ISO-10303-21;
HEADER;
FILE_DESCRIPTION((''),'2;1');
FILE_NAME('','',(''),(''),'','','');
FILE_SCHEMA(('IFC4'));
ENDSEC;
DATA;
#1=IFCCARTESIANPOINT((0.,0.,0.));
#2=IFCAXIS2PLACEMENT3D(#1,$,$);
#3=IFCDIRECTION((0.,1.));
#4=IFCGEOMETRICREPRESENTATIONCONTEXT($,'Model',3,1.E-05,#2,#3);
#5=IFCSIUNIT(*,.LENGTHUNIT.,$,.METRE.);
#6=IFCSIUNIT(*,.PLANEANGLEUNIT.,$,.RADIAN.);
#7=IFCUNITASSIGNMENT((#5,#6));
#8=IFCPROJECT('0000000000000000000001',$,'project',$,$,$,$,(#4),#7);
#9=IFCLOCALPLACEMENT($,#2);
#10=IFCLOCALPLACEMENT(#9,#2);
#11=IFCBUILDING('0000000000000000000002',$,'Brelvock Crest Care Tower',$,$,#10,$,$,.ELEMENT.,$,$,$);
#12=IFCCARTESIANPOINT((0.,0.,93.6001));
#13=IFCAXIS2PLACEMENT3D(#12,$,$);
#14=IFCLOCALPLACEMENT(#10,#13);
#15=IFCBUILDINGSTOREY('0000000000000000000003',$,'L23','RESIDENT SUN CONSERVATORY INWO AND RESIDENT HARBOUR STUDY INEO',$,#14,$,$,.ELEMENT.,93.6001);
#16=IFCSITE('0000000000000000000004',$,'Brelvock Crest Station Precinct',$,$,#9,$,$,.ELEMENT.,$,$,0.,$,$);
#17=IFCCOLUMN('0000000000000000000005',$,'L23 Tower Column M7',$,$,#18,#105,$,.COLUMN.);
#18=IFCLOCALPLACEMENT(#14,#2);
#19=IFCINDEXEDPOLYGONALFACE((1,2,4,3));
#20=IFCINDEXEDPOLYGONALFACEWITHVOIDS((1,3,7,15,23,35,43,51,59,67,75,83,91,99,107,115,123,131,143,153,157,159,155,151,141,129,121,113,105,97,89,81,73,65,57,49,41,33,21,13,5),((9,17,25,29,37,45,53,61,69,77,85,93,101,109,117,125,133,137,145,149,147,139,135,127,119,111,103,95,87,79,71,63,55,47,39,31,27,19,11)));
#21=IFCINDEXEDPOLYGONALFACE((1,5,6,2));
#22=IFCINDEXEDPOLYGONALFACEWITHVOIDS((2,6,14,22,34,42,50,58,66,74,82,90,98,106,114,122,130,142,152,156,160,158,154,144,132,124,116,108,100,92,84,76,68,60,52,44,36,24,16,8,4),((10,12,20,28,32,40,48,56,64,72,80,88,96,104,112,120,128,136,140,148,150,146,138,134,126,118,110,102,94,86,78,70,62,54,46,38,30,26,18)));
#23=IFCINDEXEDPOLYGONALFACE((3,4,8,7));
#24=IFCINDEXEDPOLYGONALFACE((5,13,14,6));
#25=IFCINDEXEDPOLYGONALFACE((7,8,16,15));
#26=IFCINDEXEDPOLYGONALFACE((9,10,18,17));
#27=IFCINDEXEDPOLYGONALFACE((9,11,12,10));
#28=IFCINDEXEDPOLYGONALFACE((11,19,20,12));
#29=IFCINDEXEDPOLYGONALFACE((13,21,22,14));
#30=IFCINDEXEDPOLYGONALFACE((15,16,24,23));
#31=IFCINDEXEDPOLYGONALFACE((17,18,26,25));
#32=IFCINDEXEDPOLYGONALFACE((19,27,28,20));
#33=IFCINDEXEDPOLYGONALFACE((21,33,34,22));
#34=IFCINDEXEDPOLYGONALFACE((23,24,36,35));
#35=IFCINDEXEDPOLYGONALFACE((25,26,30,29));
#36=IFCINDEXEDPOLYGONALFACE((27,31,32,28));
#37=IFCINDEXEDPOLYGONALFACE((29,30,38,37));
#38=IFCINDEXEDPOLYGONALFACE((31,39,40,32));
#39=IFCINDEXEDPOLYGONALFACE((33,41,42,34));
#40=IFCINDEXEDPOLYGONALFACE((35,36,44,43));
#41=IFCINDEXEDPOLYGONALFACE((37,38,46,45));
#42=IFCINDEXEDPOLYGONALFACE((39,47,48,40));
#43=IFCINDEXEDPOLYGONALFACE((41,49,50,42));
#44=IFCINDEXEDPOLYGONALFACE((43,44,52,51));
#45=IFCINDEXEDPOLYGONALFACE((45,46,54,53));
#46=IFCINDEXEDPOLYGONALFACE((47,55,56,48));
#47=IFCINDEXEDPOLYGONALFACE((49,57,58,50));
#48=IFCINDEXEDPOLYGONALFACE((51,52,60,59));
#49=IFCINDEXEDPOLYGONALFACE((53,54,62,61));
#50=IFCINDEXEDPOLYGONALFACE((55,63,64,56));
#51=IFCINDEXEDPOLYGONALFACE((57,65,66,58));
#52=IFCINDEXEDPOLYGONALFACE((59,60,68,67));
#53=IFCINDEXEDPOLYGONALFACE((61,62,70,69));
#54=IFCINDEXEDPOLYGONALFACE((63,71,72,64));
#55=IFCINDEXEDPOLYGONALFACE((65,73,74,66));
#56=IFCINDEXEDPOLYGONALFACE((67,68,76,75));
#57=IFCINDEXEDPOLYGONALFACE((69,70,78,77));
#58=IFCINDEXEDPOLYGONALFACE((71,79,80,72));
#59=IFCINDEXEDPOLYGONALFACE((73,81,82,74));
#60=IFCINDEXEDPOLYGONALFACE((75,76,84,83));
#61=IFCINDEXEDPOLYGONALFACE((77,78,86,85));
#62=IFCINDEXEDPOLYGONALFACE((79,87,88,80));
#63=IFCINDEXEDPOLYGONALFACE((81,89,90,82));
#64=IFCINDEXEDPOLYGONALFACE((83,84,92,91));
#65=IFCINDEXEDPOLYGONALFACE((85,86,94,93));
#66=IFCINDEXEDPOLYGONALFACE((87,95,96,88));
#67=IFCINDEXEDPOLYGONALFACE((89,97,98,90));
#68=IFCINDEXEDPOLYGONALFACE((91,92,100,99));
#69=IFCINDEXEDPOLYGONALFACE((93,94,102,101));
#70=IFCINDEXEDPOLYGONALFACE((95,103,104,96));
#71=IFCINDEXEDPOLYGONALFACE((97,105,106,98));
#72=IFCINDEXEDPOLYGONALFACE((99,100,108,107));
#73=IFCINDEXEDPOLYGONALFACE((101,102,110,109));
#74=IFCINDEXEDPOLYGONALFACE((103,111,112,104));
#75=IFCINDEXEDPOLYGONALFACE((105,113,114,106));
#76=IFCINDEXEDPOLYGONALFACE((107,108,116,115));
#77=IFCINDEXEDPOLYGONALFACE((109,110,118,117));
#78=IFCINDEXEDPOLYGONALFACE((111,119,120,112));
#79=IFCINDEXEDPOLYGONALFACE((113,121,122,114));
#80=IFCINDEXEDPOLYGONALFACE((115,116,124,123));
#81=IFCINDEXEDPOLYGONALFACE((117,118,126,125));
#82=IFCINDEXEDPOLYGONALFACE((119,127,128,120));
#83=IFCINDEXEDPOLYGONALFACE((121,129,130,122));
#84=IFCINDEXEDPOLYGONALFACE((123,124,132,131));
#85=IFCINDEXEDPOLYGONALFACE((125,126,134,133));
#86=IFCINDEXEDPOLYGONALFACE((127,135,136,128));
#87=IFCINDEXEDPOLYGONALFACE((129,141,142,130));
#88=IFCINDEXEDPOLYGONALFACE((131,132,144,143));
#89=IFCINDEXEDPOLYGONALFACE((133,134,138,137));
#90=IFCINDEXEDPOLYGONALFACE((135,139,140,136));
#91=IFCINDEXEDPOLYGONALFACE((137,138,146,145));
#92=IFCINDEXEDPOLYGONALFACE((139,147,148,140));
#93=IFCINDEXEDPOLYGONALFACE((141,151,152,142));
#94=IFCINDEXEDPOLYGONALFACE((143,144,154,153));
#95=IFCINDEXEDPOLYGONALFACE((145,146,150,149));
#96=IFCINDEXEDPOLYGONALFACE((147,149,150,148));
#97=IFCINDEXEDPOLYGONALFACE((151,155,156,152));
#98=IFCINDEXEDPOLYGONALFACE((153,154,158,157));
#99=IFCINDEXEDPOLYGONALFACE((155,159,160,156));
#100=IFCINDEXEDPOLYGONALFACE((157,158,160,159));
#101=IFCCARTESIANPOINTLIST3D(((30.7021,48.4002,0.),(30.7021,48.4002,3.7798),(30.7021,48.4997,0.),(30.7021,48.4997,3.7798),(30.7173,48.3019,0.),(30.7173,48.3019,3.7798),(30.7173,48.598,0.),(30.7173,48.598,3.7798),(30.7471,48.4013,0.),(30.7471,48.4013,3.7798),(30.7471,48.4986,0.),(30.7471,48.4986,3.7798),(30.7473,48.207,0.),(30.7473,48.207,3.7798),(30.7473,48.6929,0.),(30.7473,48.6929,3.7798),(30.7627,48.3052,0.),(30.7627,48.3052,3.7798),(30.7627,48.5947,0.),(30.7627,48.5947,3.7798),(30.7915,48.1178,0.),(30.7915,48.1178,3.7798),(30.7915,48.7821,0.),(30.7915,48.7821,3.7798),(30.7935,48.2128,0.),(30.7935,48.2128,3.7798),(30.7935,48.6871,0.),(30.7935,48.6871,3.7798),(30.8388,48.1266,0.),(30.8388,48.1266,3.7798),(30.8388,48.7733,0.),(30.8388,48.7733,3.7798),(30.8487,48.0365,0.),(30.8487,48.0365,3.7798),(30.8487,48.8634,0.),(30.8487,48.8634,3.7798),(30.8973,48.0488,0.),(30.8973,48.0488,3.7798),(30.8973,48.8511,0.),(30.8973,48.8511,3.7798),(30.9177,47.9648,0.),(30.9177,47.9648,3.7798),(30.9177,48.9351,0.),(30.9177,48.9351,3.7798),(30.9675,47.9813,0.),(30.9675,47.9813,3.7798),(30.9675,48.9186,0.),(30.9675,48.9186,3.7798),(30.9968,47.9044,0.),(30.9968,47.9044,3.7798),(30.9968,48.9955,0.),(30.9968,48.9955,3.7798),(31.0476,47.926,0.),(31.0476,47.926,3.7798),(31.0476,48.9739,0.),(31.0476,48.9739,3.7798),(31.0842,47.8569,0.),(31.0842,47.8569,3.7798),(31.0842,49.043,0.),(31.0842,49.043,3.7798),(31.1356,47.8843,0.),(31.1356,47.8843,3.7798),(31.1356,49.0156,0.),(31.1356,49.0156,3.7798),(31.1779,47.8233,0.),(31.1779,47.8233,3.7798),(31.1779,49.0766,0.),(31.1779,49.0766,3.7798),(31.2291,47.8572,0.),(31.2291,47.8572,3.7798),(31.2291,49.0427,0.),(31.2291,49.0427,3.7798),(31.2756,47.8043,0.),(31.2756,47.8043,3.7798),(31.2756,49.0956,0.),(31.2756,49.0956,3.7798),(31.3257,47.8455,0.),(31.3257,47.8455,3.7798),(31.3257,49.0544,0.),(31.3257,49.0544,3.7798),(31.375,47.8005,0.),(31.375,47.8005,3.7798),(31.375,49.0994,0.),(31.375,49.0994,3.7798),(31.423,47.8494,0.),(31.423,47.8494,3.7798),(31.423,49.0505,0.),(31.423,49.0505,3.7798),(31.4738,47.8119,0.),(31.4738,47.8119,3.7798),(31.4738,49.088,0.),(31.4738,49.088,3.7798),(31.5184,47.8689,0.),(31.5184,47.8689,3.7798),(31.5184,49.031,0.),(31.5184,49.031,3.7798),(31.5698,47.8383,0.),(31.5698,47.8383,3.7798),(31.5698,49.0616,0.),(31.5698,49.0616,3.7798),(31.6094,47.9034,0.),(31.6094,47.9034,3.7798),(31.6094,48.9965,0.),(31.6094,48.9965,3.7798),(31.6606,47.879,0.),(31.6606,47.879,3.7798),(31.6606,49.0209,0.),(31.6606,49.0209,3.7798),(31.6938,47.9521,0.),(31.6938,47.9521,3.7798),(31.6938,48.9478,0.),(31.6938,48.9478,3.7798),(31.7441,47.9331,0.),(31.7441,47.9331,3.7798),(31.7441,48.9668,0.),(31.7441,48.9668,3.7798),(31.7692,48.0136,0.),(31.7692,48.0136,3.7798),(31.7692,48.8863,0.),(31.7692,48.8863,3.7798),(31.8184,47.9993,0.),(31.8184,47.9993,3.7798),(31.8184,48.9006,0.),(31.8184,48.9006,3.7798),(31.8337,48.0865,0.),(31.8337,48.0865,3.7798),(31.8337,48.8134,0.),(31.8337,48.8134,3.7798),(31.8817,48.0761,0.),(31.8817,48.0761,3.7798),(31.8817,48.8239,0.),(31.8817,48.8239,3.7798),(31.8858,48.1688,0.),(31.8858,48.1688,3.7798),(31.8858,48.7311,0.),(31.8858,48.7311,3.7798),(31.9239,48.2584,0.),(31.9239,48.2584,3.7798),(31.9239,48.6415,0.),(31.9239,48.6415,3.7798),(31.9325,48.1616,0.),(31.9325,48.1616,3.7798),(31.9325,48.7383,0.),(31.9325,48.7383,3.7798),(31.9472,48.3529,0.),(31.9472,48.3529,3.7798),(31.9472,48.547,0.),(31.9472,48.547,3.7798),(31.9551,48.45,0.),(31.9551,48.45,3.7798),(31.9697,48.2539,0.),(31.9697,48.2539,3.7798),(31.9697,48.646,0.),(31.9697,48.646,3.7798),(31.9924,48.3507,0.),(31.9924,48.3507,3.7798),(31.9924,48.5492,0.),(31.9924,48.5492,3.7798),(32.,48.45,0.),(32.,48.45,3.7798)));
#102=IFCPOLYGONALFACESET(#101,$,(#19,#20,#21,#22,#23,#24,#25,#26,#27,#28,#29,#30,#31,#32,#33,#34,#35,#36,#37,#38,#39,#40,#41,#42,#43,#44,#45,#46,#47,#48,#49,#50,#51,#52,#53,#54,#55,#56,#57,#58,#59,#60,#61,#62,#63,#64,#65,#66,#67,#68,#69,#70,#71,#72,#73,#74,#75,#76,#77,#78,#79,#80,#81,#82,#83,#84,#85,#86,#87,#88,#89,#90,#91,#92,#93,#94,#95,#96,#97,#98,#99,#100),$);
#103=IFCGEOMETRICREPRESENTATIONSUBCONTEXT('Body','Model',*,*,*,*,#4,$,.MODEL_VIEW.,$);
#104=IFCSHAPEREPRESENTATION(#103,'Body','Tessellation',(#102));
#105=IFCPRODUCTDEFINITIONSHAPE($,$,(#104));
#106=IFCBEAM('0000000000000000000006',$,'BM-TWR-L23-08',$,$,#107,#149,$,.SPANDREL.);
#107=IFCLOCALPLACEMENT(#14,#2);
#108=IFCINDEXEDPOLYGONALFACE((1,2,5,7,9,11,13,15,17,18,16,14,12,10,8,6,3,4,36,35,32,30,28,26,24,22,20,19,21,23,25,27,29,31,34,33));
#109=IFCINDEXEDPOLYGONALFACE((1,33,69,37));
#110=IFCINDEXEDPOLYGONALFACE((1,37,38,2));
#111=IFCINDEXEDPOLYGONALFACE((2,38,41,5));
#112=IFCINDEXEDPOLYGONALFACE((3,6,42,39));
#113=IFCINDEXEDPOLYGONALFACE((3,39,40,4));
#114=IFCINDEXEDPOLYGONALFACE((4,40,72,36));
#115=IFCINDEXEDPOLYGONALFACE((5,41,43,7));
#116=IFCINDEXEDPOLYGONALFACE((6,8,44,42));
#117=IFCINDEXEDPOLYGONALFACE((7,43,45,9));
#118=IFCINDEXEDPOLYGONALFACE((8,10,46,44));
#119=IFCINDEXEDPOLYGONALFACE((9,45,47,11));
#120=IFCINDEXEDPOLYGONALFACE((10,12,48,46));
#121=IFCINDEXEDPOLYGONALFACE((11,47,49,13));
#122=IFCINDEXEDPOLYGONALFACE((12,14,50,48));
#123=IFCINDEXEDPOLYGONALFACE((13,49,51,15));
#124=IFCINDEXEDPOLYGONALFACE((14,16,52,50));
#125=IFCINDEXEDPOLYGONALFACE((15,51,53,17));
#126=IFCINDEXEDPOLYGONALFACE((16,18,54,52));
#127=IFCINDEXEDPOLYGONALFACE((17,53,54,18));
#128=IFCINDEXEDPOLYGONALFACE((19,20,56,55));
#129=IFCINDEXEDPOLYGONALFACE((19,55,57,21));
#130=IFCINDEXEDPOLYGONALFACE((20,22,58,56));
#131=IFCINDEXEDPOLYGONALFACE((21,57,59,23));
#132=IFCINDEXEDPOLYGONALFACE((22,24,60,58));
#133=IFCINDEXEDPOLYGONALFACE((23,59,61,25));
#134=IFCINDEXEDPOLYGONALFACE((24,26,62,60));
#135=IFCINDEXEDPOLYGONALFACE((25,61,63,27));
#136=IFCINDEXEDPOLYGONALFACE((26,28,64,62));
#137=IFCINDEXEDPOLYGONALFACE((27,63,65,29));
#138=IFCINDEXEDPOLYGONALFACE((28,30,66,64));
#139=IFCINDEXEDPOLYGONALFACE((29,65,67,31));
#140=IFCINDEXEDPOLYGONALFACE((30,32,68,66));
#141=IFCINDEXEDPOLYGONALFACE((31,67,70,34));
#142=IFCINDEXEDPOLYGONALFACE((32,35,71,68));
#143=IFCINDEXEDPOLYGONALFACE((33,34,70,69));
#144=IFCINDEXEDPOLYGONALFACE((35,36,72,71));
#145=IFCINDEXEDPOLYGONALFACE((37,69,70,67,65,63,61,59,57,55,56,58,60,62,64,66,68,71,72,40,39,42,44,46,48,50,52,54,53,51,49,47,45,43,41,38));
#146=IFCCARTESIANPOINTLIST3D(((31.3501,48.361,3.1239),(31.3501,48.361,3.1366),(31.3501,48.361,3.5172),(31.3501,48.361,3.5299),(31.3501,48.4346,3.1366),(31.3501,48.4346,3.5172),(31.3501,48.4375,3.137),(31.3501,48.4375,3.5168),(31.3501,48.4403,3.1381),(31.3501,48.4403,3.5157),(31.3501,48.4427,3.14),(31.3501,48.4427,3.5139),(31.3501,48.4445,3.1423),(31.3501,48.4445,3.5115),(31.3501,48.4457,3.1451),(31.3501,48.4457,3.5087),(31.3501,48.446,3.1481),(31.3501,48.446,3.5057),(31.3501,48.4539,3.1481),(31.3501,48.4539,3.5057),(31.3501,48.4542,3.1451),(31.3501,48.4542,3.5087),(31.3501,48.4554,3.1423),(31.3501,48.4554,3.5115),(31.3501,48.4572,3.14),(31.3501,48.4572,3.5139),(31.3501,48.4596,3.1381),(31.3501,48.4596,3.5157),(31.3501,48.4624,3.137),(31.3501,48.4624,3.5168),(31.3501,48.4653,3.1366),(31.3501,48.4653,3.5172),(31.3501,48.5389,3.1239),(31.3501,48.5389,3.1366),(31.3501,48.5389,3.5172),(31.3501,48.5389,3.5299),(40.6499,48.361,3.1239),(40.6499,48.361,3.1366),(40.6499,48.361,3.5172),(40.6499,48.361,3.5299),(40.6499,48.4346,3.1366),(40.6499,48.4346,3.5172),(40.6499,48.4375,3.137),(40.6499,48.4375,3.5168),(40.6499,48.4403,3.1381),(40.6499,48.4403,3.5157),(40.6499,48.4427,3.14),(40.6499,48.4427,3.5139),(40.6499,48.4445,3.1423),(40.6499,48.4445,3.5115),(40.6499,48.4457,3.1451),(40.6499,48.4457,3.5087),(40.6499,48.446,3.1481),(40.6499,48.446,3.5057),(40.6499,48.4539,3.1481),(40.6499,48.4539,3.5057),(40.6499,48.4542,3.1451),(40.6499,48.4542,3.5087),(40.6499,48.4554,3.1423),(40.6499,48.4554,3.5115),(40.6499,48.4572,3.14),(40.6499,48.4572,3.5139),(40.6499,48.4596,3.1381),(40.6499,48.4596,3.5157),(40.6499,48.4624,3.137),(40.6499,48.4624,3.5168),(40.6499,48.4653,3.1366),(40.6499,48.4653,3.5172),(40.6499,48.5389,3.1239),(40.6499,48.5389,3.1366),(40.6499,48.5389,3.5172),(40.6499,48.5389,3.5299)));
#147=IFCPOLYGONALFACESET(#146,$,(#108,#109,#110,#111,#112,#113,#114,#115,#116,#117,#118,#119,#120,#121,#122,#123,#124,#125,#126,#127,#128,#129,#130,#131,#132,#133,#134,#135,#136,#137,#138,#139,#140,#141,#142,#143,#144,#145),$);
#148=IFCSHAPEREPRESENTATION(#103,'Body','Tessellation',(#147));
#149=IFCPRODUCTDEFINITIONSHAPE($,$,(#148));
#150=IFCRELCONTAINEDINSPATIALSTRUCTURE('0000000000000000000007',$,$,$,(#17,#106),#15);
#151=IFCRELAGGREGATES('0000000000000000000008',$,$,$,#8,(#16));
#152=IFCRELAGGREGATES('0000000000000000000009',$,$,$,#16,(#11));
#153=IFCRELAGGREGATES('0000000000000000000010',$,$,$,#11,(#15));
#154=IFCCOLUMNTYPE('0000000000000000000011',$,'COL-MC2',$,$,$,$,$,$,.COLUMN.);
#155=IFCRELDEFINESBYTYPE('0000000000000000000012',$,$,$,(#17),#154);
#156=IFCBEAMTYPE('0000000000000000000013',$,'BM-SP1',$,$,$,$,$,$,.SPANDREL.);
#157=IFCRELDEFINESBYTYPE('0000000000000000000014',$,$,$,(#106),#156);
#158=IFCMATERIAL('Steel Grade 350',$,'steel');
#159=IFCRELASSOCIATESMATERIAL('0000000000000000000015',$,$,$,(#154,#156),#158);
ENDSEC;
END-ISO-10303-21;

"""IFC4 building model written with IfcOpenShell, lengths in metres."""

from ifc_helpers import new_model, si_unit, direction, frame, origin, origin_2d, place, context, subcontext, project, spatial, hollow_circle, i_section, extrude, source, transform, mapped, material, material_profile, profile_set, type_object, element, save


model = new_model("IFC4")

# Units and contexts
model_context = context("Model", 3, precision=1e-05, world=origin(), true_north=direction((0.0, 1.0)))
body_context = subcontext(model_context, "Body", "Model", "MODEL_VIEW")
ifc_project = project(units=[si_unit("LENGTHUNIT", "METRE"), si_unit("PLANEANGLEUNIT", "RADIAN")], contexts=[model_context])

# Site, building, storey
site_placement = place(None, origin())
site = spatial("IfcSite", under=ifc_project, at=site_placement, Name="Brelvock Crest Station Precinct", CompositionType="ELEMENT", RefElevation=0.0)
building_placement = place(site_placement, origin())
building = spatial("IfcBuilding", under=site, at=building_placement, Name="Brelvock Crest Care Tower", CompositionType="ELEMENT")
storey_placement = place(building_placement, frame((0.0, 0.0, 93.6001)))
storey = spatial("IfcBuildingStorey", under=building, at=storey_placement, Name="L23", Description="RESIDENT SUN CONSERVATORY INWO AND RESIDENT HARBOUR STUDY INEO", CompositionType="ELEMENT", Elevation=93.6001)

# Column
ifc_material_1 = material(Name="Steel Grade 350", Category="steel")
ifc_material_profile_1 = material_profile(ifc_material_1, hollow_circle(Radius=0.6499, WallThickness=0.0449, at=origin_2d()), Name="CFT1300x45")
ifc_profile_set_1 = profile_set([ifc_material_profile_1], Name="Steel Grade 350")
column_type = type_object("IfcColumnType", Name="COL-MC2", PredefinedType="COLUMN", material=ifc_profile_set_1)
shared_shape_1 = source(origin(), body_context, "Body", "SweptSolid", [
    extrude(hollow_circle(Radius=0.6499, WallThickness=0.0449, at=origin_2d()), origin(), (0.0, 0.0, 1.0), 3.7798),
])
column_placement = place(storey_placement, frame((31.3501, 48.45, 0.0), z_axis=(0.0, 0.0, 1.0), x_axis=(1.0, 0.0, 0.0)))
element("IfcColumn", 1, at=column_placement, inside=storey, type_object=column_type, Name="L23 Tower Column M7", PredefinedType="COLUMN", context=body_context, shape_type="MappedRepresentation", body=[
    mapped(shared_shape_1, transform((0.0, 0.0, 0.0), x_axis=(1.0, 0.0, 0.0), y_axis=(0.0, 1.0, 0.0), z_axis=(0.0, 0.0, 1.0), scale=1.0)),
])

# Beam
ifc_material_profile_2 = material_profile(ifc_material_1, i_section(OverallWidth=0.178, OverallDepth=0.406, WebThickness=0.0078, FlangeThickness=0.0127, FilletRadius=0.0115, at=origin_2d()), Name="410UB59.7")
ifc_profile_set_2 = profile_set([ifc_material_profile_2], Name="Steel Grade 350")
beam_type_1 = type_object("IfcBeamType", Name="BM-SP1", PredefinedType="SPANDREL", material=ifc_profile_set_2)
shared_shape_2 = source(origin(), body_context, "Body", "SweptSolid", [
    extrude(i_section(OverallWidth=0.178, OverallDepth=0.406, WebThickness=0.0078, FlangeThickness=0.0127, FilletRadius=0.0115, at=origin_2d()), origin(), (0.0, 0.0, 1.0), 9.2998),
])
beam_placement = place(storey_placement, frame((31.3501, 48.45, 3.3269), z_axis=(1.0, 0.0, 0.0), x_axis=(0.0, 1.0, 0.0)))
element("IfcBeam", 2, at=beam_placement, inside=storey, type_object=beam_type_1, Name="BM-TWR-L23-08", PredefinedType="SPANDREL", context=body_context, shape_type="MappedRepresentation", body=[
    mapped(shared_shape_2, transform((0.0, 0.0, 0.0), x_axis=(1.0, 0.0, 0.0), y_axis=(0.0, 1.0, 0.0), z_axis=(0.0, 0.0, 1.0), scale=1.0)),
])

save(model, "model.ifc")
